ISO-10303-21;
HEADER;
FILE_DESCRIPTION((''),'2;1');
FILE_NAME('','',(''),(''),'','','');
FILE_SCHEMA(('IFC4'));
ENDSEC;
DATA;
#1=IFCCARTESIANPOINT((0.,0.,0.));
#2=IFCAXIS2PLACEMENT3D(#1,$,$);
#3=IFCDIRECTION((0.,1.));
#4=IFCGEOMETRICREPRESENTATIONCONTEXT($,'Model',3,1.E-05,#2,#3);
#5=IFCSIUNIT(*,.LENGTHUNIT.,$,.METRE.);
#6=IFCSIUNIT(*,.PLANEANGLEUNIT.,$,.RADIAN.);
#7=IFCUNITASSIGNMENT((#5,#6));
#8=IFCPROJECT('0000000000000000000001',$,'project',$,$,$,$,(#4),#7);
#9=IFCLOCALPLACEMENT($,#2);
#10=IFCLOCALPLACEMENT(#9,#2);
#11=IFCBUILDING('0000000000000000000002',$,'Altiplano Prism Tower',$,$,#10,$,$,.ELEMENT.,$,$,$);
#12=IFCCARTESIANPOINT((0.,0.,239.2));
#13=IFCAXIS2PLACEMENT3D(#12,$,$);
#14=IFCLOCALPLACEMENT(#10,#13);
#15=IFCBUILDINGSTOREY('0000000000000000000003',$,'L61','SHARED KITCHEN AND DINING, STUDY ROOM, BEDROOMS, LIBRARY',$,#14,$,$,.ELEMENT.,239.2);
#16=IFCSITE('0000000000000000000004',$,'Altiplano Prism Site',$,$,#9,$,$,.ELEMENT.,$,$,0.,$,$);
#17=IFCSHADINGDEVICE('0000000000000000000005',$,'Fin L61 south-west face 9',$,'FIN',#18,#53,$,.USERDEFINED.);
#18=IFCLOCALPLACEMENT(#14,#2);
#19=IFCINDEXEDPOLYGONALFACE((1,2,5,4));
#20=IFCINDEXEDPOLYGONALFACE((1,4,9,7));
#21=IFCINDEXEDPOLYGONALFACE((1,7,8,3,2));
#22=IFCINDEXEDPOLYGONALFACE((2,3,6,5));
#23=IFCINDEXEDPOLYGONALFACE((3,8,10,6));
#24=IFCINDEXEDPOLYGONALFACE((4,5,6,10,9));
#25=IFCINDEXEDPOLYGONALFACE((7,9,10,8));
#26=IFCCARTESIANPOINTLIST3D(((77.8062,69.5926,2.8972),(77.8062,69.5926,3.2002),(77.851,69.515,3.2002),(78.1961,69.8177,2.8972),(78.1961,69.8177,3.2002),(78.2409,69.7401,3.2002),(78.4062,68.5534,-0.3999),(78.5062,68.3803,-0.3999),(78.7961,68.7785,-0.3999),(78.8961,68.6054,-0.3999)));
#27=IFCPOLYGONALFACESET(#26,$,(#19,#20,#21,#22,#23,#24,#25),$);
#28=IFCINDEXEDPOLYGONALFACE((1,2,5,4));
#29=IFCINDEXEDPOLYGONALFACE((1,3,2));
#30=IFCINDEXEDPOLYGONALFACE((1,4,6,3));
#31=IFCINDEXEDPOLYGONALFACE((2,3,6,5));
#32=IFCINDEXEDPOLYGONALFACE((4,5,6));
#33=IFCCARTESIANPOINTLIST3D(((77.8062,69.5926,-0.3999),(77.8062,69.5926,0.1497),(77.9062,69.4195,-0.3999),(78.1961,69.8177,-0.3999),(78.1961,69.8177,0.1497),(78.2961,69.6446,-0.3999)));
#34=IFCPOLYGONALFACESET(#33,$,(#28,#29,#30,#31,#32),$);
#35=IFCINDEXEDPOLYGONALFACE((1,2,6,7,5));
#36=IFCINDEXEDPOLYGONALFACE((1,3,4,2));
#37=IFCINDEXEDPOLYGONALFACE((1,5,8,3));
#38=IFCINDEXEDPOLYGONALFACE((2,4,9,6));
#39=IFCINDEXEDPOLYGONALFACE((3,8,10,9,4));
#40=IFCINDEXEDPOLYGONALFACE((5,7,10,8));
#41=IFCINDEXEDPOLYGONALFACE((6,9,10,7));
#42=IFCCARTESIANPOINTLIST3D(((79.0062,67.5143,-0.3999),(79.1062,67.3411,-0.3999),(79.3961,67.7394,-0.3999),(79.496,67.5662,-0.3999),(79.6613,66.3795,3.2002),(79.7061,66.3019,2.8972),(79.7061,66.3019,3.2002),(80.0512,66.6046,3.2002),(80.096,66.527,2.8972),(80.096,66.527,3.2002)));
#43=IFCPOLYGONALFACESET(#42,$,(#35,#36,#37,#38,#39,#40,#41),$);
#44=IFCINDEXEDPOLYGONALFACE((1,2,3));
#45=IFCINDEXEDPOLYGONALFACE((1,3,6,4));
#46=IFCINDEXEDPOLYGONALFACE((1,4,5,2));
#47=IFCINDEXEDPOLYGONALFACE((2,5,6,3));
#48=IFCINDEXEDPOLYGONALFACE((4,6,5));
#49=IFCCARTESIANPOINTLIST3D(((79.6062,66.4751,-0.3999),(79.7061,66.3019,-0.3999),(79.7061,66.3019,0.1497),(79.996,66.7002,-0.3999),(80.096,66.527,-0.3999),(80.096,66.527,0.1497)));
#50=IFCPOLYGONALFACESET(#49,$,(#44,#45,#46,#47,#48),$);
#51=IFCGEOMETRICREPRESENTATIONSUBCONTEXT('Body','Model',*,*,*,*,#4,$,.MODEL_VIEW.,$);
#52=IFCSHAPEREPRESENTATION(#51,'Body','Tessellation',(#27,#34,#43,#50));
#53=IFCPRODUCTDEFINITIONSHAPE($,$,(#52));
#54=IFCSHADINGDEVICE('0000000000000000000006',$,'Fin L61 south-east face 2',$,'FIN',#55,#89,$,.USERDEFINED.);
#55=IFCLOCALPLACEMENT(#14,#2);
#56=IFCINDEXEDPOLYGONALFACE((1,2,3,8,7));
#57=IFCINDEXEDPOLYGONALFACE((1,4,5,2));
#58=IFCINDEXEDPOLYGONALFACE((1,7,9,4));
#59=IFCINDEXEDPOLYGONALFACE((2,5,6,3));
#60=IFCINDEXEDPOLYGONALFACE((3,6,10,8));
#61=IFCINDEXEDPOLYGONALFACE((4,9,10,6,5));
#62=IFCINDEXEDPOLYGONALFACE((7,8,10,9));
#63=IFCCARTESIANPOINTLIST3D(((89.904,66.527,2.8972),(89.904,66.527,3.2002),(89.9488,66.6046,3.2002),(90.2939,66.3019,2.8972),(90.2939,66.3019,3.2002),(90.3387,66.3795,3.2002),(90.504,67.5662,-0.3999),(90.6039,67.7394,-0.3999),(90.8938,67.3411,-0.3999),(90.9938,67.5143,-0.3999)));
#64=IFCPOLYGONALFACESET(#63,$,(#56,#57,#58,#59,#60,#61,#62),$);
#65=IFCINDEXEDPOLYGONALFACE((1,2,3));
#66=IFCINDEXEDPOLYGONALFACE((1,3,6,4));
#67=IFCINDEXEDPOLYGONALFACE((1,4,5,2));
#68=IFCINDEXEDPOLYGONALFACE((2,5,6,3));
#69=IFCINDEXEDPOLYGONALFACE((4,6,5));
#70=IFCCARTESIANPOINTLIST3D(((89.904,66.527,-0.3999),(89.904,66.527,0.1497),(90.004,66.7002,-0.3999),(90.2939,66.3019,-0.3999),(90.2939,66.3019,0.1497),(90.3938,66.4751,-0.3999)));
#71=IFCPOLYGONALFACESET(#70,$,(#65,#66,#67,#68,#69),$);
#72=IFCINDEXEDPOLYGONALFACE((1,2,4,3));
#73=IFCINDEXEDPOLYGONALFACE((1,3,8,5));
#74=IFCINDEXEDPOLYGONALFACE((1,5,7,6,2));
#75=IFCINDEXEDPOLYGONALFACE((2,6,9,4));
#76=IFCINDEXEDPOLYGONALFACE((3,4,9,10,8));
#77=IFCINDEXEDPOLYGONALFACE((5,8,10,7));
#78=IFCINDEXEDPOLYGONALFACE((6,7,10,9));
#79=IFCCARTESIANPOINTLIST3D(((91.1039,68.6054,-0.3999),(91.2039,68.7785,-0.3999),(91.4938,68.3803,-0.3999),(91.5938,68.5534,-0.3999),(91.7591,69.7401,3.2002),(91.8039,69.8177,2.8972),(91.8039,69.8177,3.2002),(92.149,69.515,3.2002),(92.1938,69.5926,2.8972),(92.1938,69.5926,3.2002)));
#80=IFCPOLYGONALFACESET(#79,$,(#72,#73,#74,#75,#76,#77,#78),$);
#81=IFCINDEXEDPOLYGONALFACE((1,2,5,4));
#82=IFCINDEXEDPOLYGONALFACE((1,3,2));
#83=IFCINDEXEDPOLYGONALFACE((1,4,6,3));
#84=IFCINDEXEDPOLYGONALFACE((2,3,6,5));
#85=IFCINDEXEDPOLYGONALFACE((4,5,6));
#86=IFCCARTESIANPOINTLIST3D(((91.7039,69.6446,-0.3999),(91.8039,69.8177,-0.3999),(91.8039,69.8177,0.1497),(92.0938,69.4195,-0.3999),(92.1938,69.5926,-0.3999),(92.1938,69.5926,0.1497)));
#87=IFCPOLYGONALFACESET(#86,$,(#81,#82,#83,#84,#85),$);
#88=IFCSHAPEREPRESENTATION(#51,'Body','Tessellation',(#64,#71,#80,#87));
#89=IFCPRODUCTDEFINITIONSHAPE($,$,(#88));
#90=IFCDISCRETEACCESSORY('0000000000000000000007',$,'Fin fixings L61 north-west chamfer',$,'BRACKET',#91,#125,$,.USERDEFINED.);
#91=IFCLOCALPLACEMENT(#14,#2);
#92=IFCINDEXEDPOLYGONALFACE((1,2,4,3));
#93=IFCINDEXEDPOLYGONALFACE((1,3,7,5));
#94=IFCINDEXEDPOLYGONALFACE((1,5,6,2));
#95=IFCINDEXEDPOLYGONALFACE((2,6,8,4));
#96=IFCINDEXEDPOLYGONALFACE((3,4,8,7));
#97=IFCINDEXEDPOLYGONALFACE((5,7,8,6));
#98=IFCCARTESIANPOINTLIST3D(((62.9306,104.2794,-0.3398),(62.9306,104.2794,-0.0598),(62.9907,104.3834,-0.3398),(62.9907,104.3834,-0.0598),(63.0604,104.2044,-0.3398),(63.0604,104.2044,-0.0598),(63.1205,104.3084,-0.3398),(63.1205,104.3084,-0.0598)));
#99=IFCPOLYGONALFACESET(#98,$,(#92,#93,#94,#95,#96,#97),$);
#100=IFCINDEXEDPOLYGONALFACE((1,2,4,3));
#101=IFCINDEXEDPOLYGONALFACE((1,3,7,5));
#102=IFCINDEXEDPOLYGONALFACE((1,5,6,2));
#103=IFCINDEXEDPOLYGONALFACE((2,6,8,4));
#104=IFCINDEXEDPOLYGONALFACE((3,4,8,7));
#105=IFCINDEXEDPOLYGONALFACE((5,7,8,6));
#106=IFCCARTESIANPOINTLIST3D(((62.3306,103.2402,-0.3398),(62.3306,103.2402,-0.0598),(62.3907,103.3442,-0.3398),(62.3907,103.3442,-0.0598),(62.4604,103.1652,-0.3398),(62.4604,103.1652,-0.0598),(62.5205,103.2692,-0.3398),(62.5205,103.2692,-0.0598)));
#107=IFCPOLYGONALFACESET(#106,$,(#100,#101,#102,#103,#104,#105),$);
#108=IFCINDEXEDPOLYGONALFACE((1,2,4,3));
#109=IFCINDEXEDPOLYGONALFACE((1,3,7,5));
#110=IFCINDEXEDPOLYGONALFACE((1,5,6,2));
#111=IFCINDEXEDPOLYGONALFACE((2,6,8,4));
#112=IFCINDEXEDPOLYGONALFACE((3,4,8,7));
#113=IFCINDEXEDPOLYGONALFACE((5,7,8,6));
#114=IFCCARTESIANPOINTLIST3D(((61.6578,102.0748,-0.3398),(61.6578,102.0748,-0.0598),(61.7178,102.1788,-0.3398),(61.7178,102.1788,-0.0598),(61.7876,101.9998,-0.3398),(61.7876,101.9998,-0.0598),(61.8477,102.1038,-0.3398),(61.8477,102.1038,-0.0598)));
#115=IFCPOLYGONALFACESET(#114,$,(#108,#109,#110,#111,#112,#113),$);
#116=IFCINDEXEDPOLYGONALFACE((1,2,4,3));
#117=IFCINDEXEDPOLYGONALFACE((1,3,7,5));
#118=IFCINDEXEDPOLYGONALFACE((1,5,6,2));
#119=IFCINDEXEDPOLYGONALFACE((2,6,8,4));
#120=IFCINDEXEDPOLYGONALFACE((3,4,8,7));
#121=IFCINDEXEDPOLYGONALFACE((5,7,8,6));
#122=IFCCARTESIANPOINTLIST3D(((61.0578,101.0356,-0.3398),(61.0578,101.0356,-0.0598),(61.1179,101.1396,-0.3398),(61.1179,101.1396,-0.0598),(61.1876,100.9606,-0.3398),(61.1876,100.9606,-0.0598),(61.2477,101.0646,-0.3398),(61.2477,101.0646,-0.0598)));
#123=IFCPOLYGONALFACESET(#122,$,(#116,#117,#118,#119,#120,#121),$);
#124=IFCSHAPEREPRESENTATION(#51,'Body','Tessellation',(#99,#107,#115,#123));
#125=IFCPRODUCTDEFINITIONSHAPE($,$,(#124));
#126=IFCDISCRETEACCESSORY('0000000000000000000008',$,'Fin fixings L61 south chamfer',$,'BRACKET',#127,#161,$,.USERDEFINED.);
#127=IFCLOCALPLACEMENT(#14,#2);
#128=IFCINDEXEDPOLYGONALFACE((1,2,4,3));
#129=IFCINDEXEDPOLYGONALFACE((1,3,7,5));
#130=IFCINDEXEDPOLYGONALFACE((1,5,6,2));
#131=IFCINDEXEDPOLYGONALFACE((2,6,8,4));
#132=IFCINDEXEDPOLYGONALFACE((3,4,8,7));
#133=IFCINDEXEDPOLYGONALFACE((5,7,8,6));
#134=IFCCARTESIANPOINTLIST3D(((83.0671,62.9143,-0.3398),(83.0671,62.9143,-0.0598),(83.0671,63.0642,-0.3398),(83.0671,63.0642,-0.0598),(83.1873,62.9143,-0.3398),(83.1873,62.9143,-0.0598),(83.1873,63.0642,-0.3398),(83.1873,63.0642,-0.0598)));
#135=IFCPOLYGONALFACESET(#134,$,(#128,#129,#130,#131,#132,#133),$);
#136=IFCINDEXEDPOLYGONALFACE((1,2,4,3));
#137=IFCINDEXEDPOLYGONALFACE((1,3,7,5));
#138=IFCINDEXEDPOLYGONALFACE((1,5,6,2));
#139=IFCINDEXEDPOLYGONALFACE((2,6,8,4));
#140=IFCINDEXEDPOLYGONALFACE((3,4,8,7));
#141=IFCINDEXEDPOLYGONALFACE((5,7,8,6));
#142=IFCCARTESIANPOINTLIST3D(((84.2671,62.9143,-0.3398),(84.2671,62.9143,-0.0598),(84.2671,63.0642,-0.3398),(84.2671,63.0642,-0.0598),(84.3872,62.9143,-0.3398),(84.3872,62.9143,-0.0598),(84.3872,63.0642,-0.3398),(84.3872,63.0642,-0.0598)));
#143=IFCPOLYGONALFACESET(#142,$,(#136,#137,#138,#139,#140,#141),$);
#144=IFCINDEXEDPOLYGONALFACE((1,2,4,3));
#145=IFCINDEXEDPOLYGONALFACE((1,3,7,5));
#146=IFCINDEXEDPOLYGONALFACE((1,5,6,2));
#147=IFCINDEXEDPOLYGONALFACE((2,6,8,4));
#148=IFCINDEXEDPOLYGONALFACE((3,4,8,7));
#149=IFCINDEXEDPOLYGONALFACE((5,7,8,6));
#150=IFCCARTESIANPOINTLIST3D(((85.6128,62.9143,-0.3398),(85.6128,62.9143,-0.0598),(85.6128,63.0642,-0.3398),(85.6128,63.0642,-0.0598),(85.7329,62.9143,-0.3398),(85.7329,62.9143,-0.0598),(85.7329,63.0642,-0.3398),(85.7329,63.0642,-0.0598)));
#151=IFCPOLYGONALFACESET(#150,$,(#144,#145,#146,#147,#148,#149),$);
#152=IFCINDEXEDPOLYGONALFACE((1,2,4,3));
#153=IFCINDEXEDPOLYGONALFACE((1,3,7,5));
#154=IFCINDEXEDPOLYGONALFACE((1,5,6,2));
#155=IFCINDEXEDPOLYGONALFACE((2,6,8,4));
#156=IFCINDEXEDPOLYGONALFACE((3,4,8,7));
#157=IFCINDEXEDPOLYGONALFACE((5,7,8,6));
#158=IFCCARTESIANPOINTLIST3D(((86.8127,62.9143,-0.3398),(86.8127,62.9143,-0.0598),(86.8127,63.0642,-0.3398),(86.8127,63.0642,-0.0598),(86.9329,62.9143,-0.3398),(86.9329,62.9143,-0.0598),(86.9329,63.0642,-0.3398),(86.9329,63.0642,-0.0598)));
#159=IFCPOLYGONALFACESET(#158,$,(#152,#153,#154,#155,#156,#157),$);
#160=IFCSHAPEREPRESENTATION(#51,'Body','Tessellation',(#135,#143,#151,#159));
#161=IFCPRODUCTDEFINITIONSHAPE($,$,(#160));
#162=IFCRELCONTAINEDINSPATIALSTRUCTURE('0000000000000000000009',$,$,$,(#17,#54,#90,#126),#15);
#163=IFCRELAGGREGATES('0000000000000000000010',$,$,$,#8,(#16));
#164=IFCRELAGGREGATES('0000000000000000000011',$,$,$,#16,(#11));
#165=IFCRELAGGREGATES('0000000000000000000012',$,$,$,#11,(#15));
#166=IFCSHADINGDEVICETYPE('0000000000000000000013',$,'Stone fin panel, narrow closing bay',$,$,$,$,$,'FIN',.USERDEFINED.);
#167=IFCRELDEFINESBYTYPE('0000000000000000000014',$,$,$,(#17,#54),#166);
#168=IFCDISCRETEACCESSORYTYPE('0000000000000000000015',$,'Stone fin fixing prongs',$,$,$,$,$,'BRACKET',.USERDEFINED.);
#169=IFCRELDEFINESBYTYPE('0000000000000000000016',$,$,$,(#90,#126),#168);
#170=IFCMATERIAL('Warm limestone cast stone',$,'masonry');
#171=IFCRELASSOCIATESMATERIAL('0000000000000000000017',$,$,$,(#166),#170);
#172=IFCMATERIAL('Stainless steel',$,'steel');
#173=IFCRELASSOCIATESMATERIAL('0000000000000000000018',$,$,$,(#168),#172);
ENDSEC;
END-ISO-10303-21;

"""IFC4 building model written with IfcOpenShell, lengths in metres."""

from ifc_helpers import new_model, si_unit, direction, frame, origin, place, context, subcontext, project, spatial, polyline, outline, extrude, source, transform, mapped, material, type_object, element, save


model = new_model("IFC4")

# Units and contexts
model_context = context("Model", 3, precision=1e-05, world=origin(), true_north=direction((0.0, 1.0)))
body_context = subcontext(model_context, "Body", "Model", "MODEL_VIEW")
ifc_project = project(units=[si_unit("LENGTHUNIT", "METRE"), si_unit("PLANEANGLEUNIT", "RADIAN")], contexts=[model_context])

# Site, building, storey
site_placement = place(None, origin())
site = spatial("IfcSite", under=ifc_project, at=site_placement, Name="Altiplano Prism Site", CompositionType="ELEMENT", RefElevation=0.0)
building_placement = place(site_placement, origin())
building = spatial("IfcBuilding", under=site, at=building_placement, Name="Altiplano Prism Tower", CompositionType="ELEMENT")
storey_placement = place(building_placement, frame((0.0, 0.0, 239.2)))
storey = spatial("IfcBuildingStorey", under=building, at=storey_placement, Name="L61", Description="SHARED KITCHEN AND DINING, STUDY ROOM, BEDROOMS, LIBRARY", CompositionType="ELEMENT", Elevation=239.2)

# Shading devices
ifc_material_1 = material(Name="Warm limestone cast stone", Category="masonry")
shading_device_type_1 = type_object("IfcShadingDeviceType", Name="Stone fin panel, narrow closing bay", ElementType="FIN", PredefinedType="USERDEFINED", material=ifc_material_1)
shared_shape_1 = source(origin(), body_context, "Body", "SweptSolid", [
    extrude(outline(polyline([(-1.8999, 3.6001), (-1.8999, 3.2971), (-0.7, 0.0), (-0.5, 0.0), (-1.8103, 3.6001), (-1.8999, 3.6001)])), frame((0.0, -0.1499, 0.0), z_axis=(0.0, -1.0, 0.0), x_axis=(1.0, 0.0, 0.0)), (0.0, 0.0, 1.0), 0.4502),
    extrude(outline(polyline([(-1.8999, 0.5496), (-1.8999, 0.0), (-1.7, 0.0), (-1.8999, 0.5496)])), frame((0.0, -0.1499, 0.0), z_axis=(0.0, -1.0, 0.0), x_axis=(1.0, 0.0, 0.0)), (0.0, 0.0, 1.0), 0.4502),
    extrude(outline(polyline([(1.8103, 3.6001), (0.5, 0.0), (0.7, 0.0), (1.8999, 3.2971), (1.8999, 3.6001), (1.8103, 3.6001)])), frame((0.0, -0.1499, 0.0), z_axis=(0.0, -1.0, 0.0), x_axis=(1.0, 0.0, 0.0)), (0.0, 0.0, 1.0), 0.4502),
    extrude(outline(polyline([(1.8999, 0.0), (1.8999, 0.5496), (1.7, 0.0), (1.8999, 0.0)])), frame((0.0, -0.1499, 0.0), z_axis=(0.0, -1.0, 0.0), x_axis=(1.0, 0.0, 0.0)), (0.0, 0.0, 1.0), 0.4502),
])
shading_device_1_placement = place(storey_placement, origin())
element("IfcShadingDevice", 1, at=shading_device_1_placement, inside=storey, type_object=shading_device_type_1, Name="Fin L61 south-west face 9", ObjectType="FIN", PredefinedType="USERDEFINED", context=body_context, shape_type="MappedRepresentation", body=[
    mapped(shared_shape_1, transform((79.2759, 68.2473, -0.3999), x_axis=(0.5, -0.866025, 0.0), y_axis=(0.866025, 0.5, 0.0), z_axis=(0.0, 0.0, 1.0))),
])
shading_device_2_placement = place(storey_placement, origin())
element("IfcShadingDevice", 2, at=shading_device_2_placement, inside=storey, type_object=shading_device_type_1, Name="Fin L61 south-east face 2", ObjectType="FIN", PredefinedType="USERDEFINED", context=body_context, shape_type="MappedRepresentation", body=[
    mapped(shared_shape_1, transform((90.7241, 68.2473, -0.3999), x_axis=(0.5, 0.866025, 0.0), y_axis=(-0.866025, 0.5, 0.0), z_axis=(0.0, 0.0, 1.0))),
])

# Discrete accessories
ifc_material_2 = material(Name="Stainless steel", Category="steel")
discrete_accessory_type = type_object("IfcDiscreteAccessoryType", Name="Stone fin fixing prongs", ElementType="BRACKET", PredefinedType="USERDEFINED", material=ifc_material_2)
shared_shape_2 = source(origin(), body_context, "Body", "SweptSolid", [
    extrude(outline(polyline([(-1.9329, 0.0601), (-1.8127, 0.0601), (-1.8127, 0.3401), (-1.9329, 0.3401), (-1.9329, 0.0601)])), frame((0.0, 0.0, 0.0), z_axis=(0.0, -1.0, 0.0), x_axis=(1.0, 0.0, 0.0)), (0.0, 0.0, 1.0), 0.1499),
    extrude(outline(polyline([(-0.7329, 0.0601), (-0.6128, 0.0601), (-0.6128, 0.3401), (-0.7329, 0.3401), (-0.7329, 0.0601)])), frame((0.0, 0.0, 0.0), z_axis=(0.0, -1.0, 0.0), x_axis=(1.0, 0.0, 0.0)), (0.0, 0.0, 1.0), 0.1499),
    extrude(outline(polyline([(0.6128, 0.0601), (0.7329, 0.0601), (0.7329, 0.3401), (0.6128, 0.3401), (0.6128, 0.0601)])), frame((0.0, 0.0, 0.0), z_axis=(0.0, -1.0, 0.0), x_axis=(1.0, 0.0, 0.0)), (0.0, 0.0, 1.0), 0.1499),
    extrude(outline(polyline([(1.8127, 0.0601), (1.9329, 0.0601), (1.9329, 0.3401), (1.8127, 0.3401), (1.8127, 0.0601)])), frame((0.0, 0.0, 0.0), z_axis=(0.0, -1.0, 0.0), x_axis=(1.0, 0.0, 0.0)), (0.0, 0.0, 1.0), 0.1499),
])
discrete_accessory_1_placement = place(storey_placement, origin())
element("IfcDiscreteAccessory", 3, at=discrete_accessory_1_placement, inside=storey, type_object=discrete_accessory_type, Name="Fin fixings L61 north-west chamfer", ObjectType="BRACKET", PredefinedType="USERDEFINED", context=body_context, shape_type="MappedRepresentation", body=[
    mapped(shared_shape_2, transform((62.1541, 102.6345, -0.3999), x_axis=(-0.5, -0.866025, 0.0), y_axis=(0.866025, -0.5, 0.0), z_axis=(0.0, 0.0, 1.0))),
])
discrete_accessory_2_placement = place(storey_placement, origin())
element("IfcDiscreteAccessory", 4, at=discrete_accessory_2_placement, inside=storey, type_object=discrete_accessory_type, Name="Fin fixings L61 south chamfer", ObjectType="BRACKET", PredefinedType="USERDEFINED", context=body_context, shape_type="MappedRepresentation", body=[
    mapped(shared_shape_2, transform((85.0, 63.0642, -0.3999), x_axis=(1.0, 0.0, 0.0), y_axis=(0.0, 1.0, 0.0), z_axis=(0.0, 0.0, 1.0))),
])

save(model, "model.ifc")
